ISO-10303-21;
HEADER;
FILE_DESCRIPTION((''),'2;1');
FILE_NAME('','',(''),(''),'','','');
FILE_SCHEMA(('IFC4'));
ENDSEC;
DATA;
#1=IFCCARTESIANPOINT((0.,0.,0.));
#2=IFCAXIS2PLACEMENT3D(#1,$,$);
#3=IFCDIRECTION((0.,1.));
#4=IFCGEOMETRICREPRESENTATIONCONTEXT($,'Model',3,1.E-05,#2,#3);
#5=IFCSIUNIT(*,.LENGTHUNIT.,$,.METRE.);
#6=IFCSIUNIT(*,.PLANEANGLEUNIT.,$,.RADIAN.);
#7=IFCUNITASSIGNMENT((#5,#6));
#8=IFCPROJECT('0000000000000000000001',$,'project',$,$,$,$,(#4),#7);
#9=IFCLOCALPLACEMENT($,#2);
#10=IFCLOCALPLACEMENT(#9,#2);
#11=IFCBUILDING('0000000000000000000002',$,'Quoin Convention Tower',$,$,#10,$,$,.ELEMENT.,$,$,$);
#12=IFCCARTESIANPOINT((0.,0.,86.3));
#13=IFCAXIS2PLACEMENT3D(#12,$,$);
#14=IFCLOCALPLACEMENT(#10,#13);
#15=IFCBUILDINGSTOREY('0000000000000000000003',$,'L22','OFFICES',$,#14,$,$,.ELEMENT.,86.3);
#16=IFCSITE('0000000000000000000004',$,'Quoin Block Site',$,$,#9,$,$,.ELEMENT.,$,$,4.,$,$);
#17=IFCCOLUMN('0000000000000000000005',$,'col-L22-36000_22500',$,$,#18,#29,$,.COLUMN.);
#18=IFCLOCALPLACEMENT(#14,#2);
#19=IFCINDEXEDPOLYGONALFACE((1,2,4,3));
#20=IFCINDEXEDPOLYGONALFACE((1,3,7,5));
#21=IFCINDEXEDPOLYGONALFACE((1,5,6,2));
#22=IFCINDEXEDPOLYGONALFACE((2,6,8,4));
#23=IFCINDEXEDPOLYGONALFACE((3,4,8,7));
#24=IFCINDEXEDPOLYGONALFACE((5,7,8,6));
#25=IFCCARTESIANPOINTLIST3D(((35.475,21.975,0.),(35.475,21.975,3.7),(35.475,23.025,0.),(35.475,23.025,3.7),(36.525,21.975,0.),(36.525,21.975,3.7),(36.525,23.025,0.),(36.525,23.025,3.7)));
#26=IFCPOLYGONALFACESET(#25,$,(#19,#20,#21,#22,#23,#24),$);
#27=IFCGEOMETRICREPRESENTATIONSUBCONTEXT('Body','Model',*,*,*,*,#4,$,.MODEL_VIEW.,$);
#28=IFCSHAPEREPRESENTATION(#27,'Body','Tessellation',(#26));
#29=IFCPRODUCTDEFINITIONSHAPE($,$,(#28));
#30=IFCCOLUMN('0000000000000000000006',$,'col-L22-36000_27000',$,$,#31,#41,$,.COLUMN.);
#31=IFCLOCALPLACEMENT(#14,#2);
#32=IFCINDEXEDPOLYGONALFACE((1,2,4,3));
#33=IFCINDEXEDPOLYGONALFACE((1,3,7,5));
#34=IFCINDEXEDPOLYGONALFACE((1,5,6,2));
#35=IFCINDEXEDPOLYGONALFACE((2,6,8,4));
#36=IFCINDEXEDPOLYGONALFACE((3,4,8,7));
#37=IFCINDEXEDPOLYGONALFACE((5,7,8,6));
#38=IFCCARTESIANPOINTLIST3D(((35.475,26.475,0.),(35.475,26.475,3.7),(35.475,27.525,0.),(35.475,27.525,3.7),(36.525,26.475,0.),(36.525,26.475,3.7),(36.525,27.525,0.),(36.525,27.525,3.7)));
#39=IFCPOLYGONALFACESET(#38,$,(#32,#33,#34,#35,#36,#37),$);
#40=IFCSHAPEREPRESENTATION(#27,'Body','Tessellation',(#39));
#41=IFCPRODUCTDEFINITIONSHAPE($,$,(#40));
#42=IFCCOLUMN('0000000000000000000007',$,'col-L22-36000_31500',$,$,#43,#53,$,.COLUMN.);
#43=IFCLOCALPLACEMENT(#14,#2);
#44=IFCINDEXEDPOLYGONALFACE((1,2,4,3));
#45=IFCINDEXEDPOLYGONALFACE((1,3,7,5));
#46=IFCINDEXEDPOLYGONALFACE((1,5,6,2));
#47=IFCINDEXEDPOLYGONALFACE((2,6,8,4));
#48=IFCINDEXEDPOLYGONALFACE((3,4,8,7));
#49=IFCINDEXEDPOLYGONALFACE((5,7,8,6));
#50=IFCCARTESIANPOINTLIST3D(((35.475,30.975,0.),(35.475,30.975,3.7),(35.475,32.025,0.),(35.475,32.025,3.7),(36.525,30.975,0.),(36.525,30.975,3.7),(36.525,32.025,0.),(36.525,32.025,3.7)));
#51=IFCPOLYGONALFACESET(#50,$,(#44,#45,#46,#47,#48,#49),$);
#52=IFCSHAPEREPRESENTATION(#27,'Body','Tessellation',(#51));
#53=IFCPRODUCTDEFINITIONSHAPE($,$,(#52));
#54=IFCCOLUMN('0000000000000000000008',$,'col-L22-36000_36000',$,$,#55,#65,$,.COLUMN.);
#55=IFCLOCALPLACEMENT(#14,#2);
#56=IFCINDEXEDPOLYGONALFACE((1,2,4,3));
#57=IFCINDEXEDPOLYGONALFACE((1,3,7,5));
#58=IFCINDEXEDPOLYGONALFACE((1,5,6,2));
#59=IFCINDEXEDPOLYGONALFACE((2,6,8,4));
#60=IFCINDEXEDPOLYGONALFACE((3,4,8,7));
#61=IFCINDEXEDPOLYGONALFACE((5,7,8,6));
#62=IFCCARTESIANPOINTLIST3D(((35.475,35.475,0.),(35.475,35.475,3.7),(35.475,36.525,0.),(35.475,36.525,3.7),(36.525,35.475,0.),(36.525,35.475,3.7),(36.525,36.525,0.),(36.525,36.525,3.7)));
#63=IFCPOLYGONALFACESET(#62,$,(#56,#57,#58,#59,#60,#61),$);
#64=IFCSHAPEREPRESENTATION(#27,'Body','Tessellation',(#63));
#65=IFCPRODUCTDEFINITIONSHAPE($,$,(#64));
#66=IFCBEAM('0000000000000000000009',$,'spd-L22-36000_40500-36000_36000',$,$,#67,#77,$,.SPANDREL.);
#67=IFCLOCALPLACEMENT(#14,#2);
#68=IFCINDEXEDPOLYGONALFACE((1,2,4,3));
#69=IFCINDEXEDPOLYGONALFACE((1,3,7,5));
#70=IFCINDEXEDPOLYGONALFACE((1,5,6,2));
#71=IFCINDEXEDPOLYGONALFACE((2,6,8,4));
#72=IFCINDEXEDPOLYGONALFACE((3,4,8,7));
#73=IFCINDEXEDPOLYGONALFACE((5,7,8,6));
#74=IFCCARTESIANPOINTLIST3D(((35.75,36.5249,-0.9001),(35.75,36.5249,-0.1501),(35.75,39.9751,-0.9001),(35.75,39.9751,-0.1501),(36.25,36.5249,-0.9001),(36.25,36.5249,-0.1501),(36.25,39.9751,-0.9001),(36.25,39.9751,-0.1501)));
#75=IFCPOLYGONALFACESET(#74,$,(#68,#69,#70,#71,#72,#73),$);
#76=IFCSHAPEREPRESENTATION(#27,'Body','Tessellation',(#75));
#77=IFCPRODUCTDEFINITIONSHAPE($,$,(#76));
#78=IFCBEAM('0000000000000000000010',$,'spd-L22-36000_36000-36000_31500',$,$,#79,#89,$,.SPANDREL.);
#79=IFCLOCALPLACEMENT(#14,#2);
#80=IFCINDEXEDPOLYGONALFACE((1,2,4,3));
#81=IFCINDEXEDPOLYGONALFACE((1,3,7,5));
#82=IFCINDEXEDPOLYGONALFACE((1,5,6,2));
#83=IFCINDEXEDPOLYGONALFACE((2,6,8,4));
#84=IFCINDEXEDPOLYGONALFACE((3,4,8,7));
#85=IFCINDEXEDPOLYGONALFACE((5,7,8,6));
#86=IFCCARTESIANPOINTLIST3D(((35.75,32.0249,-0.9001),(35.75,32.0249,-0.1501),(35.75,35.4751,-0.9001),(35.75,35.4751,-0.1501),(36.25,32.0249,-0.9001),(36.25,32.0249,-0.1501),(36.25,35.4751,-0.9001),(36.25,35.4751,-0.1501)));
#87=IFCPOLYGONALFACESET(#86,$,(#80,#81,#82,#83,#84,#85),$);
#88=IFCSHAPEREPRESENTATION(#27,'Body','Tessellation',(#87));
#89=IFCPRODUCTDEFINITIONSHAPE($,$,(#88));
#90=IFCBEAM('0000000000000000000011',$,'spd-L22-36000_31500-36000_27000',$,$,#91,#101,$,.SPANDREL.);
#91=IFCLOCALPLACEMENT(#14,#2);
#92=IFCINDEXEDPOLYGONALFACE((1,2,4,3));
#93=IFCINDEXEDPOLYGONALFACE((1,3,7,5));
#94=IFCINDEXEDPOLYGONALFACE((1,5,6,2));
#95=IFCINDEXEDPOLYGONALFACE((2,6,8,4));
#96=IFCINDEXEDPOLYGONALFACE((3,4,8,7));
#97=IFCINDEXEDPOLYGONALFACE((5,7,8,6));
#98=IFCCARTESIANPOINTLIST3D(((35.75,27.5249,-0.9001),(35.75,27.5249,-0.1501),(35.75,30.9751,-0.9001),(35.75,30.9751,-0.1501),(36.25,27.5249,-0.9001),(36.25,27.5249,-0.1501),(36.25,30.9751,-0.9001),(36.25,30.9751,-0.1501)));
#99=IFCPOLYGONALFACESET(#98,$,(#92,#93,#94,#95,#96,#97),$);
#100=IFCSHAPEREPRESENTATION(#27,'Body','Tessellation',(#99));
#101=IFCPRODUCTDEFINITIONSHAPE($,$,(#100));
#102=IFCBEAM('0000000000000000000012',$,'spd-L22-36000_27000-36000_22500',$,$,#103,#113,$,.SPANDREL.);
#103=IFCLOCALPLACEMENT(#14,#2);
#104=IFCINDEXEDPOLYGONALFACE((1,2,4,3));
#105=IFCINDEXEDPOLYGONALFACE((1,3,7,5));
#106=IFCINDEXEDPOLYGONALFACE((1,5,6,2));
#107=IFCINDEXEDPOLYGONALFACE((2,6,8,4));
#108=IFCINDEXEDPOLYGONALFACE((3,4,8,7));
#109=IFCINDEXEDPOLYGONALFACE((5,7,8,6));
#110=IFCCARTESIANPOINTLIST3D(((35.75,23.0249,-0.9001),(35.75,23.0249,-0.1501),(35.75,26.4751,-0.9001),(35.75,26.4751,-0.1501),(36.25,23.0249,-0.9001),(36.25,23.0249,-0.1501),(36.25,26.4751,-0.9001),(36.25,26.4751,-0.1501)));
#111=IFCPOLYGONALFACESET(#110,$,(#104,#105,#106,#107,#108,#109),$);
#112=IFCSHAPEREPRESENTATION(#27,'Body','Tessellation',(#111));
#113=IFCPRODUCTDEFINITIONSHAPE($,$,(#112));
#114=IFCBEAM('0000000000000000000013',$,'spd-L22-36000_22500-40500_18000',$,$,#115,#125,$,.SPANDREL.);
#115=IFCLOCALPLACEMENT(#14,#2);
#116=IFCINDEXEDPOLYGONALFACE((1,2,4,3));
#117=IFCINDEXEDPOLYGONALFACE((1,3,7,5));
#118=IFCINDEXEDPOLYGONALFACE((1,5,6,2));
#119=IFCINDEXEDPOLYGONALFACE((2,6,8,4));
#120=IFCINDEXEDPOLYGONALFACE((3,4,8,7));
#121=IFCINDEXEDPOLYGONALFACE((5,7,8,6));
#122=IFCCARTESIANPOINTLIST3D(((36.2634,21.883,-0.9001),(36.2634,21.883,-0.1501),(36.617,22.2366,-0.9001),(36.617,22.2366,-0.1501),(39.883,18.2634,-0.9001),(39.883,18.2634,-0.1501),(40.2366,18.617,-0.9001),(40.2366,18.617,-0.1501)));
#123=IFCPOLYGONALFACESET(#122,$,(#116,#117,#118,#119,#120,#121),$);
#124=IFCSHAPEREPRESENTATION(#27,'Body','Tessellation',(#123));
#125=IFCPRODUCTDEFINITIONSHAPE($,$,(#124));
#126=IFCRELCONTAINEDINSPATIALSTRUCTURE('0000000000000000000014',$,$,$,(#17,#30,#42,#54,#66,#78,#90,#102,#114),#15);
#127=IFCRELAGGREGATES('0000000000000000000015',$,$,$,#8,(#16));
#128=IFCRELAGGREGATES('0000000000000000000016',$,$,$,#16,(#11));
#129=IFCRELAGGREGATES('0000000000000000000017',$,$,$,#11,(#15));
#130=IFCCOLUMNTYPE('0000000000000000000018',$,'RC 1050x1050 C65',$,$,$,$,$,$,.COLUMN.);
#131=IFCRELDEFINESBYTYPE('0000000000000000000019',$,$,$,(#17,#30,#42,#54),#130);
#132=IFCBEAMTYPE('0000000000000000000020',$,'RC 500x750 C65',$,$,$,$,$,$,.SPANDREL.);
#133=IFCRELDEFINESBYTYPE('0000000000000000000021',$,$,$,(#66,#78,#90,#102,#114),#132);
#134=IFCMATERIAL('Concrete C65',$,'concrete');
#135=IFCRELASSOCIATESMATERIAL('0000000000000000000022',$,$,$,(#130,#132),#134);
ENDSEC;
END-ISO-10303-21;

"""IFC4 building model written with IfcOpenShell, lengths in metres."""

from ifc_helpers import new_model, si_unit, direction, frame, origin, origin_2d, place, context, subcontext, project, spatial, rectangle, extrude, material, material_profile, profile_set, type_object, element, save


model = new_model("IFC4")

# Units and contexts
model_context = context("Model", 3, precision=1e-05, world=origin(), true_north=direction((0.0, 1.0)))
body_context = subcontext(model_context, "Body", "Model", "MODEL_VIEW")
ifc_project = project(units=[si_unit("LENGTHUNIT", "METRE"), si_unit("PLANEANGLEUNIT", "RADIAN")], contexts=[model_context])

# Site, building, storey
site_placement = place(None, origin())
site = spatial("IfcSite", under=ifc_project, at=site_placement, Name="Quoin Block Site", CompositionType="ELEMENT", RefElevation=4.0)
building_placement = place(site_placement, origin())
building = spatial("IfcBuilding", under=site, at=building_placement, Name="Quoin Convention Tower", CompositionType="ELEMENT")
storey_placement = place(building_placement, frame((0.0, 0.0, 86.3)))
storey = spatial("IfcBuildingStorey", under=building, at=storey_placement, Name="L22", Description="OFFICES", CompositionType="ELEMENT", Elevation=86.3)

# Columns
ifc_material_1 = material(Name="Concrete C65", Category="concrete")
ifc_material_profile_1 = material_profile(ifc_material_1, rectangle(XDim=1.05, YDim=1.05, at=origin_2d()), Name="RC 1050x1050")
ifc_profile_set_1 = profile_set([ifc_material_profile_1], Name="Concrete C65")
column_type = type_object("IfcColumnType", Name="RC 1050x1050 C65", PredefinedType="COLUMN", material=ifc_profile_set_1)
for number, where, z_axis, x_axis, name in (
    (1, (36.0, 22.5, 0.0), (0.0, 0.0, 1.0), (1.0, 0.0, 0.0), "col-L22-36000_22500"),
    (2, (36.0, 27.0, 0.0), (0.0, 0.0, 1.0), (1.0, 0.0, 0.0), "col-L22-36000_27000"),
    (3, (36.0, 31.5, 0.0), (0.0, 0.0, 1.0), (1.0, 0.0, 0.0), "col-L22-36000_31500"),
    (4, (36.0, 36.0, 0.0), (0.0, 0.0, 1.0), (1.0, 0.0, 0.0), "col-L22-36000_36000"),
):
    element("IfcColumn", number, at=place(storey_placement, frame(where, z_axis=z_axis, x_axis=x_axis)), inside=storey, type_object=column_type, Name=name, PredefinedType="COLUMN", context=body_context, shape_type="SweptSolid", body=[
        extrude(rectangle(XDim=1.05, YDim=1.05, at=origin_2d()), origin(), (0.0, 0.0, 1.0), 3.7),
    ])

# Beams
ifc_material_profile_2 = material_profile(ifc_material_1, rectangle(XDim=0.5, YDim=0.75, at=origin_2d()), Name="RC 500x750")
ifc_profile_set_2 = profile_set([ifc_material_profile_2], Name="Concrete C65")
beam_type = type_object("IfcBeamType", Name="RC 500x750 C65", PredefinedType="SPANDREL", material=ifc_profile_set_2)
for number, where, z_axis, x_axis, name in (
    (5, (36.0, 39.9751, -0.5251), (0.0, -1.0, 0.0), (1.0, 0.0, 0.0), "spd-L22-36000_40500-36000_36000"),
    (6, (36.0, 35.4751, -0.5251), (0.0, -1.0, 0.0), (1.0, 0.0, 0.0), "spd-L22-36000_36000-36000_31500"),
    (7, (36.0, 30.9751, -0.5251), (0.0, -1.0, 0.0), (1.0, 0.0, 0.0), "spd-L22-36000_31500-36000_27000"),
    (8, (36.0, 26.4751, -0.5251), (0.0, -1.0, 0.0), (1.0, 0.0, 0.0), "spd-L22-36000_27000-36000_22500"),
):
    element("IfcBeam", number, at=place(storey_placement, frame(where, z_axis=z_axis, x_axis=x_axis)), inside=storey, type_object=beam_type, Name=name, PredefinedType="SPANDREL", context=body_context, shape_type="SweptSolid", body=[
        extrude(rectangle(XDim=0.5, YDim=0.75, at=origin_2d()), origin(), (0.0, 0.0, 1.0), 3.4502),
    ])
beam_placement = place(storey_placement, frame((36.4402, 22.0598, -0.5251), z_axis=(0.707107, -0.707107, 0.0), x_axis=(0.707107, 0.707107, 0.0)))
element("IfcBeam", 9, at=beam_placement, inside=storey, type_object=beam_type, Name="spd-L22-36000_22500-40500_18000", PredefinedType="SPANDREL", context=body_context, shape_type="SweptSolid", body=[
    extrude(rectangle(XDim=0.5, YDim=0.75, at=origin_2d()), origin(), (0.0, 0.0, 1.0), 5.1189),
])

save(model, "model.ifc")
